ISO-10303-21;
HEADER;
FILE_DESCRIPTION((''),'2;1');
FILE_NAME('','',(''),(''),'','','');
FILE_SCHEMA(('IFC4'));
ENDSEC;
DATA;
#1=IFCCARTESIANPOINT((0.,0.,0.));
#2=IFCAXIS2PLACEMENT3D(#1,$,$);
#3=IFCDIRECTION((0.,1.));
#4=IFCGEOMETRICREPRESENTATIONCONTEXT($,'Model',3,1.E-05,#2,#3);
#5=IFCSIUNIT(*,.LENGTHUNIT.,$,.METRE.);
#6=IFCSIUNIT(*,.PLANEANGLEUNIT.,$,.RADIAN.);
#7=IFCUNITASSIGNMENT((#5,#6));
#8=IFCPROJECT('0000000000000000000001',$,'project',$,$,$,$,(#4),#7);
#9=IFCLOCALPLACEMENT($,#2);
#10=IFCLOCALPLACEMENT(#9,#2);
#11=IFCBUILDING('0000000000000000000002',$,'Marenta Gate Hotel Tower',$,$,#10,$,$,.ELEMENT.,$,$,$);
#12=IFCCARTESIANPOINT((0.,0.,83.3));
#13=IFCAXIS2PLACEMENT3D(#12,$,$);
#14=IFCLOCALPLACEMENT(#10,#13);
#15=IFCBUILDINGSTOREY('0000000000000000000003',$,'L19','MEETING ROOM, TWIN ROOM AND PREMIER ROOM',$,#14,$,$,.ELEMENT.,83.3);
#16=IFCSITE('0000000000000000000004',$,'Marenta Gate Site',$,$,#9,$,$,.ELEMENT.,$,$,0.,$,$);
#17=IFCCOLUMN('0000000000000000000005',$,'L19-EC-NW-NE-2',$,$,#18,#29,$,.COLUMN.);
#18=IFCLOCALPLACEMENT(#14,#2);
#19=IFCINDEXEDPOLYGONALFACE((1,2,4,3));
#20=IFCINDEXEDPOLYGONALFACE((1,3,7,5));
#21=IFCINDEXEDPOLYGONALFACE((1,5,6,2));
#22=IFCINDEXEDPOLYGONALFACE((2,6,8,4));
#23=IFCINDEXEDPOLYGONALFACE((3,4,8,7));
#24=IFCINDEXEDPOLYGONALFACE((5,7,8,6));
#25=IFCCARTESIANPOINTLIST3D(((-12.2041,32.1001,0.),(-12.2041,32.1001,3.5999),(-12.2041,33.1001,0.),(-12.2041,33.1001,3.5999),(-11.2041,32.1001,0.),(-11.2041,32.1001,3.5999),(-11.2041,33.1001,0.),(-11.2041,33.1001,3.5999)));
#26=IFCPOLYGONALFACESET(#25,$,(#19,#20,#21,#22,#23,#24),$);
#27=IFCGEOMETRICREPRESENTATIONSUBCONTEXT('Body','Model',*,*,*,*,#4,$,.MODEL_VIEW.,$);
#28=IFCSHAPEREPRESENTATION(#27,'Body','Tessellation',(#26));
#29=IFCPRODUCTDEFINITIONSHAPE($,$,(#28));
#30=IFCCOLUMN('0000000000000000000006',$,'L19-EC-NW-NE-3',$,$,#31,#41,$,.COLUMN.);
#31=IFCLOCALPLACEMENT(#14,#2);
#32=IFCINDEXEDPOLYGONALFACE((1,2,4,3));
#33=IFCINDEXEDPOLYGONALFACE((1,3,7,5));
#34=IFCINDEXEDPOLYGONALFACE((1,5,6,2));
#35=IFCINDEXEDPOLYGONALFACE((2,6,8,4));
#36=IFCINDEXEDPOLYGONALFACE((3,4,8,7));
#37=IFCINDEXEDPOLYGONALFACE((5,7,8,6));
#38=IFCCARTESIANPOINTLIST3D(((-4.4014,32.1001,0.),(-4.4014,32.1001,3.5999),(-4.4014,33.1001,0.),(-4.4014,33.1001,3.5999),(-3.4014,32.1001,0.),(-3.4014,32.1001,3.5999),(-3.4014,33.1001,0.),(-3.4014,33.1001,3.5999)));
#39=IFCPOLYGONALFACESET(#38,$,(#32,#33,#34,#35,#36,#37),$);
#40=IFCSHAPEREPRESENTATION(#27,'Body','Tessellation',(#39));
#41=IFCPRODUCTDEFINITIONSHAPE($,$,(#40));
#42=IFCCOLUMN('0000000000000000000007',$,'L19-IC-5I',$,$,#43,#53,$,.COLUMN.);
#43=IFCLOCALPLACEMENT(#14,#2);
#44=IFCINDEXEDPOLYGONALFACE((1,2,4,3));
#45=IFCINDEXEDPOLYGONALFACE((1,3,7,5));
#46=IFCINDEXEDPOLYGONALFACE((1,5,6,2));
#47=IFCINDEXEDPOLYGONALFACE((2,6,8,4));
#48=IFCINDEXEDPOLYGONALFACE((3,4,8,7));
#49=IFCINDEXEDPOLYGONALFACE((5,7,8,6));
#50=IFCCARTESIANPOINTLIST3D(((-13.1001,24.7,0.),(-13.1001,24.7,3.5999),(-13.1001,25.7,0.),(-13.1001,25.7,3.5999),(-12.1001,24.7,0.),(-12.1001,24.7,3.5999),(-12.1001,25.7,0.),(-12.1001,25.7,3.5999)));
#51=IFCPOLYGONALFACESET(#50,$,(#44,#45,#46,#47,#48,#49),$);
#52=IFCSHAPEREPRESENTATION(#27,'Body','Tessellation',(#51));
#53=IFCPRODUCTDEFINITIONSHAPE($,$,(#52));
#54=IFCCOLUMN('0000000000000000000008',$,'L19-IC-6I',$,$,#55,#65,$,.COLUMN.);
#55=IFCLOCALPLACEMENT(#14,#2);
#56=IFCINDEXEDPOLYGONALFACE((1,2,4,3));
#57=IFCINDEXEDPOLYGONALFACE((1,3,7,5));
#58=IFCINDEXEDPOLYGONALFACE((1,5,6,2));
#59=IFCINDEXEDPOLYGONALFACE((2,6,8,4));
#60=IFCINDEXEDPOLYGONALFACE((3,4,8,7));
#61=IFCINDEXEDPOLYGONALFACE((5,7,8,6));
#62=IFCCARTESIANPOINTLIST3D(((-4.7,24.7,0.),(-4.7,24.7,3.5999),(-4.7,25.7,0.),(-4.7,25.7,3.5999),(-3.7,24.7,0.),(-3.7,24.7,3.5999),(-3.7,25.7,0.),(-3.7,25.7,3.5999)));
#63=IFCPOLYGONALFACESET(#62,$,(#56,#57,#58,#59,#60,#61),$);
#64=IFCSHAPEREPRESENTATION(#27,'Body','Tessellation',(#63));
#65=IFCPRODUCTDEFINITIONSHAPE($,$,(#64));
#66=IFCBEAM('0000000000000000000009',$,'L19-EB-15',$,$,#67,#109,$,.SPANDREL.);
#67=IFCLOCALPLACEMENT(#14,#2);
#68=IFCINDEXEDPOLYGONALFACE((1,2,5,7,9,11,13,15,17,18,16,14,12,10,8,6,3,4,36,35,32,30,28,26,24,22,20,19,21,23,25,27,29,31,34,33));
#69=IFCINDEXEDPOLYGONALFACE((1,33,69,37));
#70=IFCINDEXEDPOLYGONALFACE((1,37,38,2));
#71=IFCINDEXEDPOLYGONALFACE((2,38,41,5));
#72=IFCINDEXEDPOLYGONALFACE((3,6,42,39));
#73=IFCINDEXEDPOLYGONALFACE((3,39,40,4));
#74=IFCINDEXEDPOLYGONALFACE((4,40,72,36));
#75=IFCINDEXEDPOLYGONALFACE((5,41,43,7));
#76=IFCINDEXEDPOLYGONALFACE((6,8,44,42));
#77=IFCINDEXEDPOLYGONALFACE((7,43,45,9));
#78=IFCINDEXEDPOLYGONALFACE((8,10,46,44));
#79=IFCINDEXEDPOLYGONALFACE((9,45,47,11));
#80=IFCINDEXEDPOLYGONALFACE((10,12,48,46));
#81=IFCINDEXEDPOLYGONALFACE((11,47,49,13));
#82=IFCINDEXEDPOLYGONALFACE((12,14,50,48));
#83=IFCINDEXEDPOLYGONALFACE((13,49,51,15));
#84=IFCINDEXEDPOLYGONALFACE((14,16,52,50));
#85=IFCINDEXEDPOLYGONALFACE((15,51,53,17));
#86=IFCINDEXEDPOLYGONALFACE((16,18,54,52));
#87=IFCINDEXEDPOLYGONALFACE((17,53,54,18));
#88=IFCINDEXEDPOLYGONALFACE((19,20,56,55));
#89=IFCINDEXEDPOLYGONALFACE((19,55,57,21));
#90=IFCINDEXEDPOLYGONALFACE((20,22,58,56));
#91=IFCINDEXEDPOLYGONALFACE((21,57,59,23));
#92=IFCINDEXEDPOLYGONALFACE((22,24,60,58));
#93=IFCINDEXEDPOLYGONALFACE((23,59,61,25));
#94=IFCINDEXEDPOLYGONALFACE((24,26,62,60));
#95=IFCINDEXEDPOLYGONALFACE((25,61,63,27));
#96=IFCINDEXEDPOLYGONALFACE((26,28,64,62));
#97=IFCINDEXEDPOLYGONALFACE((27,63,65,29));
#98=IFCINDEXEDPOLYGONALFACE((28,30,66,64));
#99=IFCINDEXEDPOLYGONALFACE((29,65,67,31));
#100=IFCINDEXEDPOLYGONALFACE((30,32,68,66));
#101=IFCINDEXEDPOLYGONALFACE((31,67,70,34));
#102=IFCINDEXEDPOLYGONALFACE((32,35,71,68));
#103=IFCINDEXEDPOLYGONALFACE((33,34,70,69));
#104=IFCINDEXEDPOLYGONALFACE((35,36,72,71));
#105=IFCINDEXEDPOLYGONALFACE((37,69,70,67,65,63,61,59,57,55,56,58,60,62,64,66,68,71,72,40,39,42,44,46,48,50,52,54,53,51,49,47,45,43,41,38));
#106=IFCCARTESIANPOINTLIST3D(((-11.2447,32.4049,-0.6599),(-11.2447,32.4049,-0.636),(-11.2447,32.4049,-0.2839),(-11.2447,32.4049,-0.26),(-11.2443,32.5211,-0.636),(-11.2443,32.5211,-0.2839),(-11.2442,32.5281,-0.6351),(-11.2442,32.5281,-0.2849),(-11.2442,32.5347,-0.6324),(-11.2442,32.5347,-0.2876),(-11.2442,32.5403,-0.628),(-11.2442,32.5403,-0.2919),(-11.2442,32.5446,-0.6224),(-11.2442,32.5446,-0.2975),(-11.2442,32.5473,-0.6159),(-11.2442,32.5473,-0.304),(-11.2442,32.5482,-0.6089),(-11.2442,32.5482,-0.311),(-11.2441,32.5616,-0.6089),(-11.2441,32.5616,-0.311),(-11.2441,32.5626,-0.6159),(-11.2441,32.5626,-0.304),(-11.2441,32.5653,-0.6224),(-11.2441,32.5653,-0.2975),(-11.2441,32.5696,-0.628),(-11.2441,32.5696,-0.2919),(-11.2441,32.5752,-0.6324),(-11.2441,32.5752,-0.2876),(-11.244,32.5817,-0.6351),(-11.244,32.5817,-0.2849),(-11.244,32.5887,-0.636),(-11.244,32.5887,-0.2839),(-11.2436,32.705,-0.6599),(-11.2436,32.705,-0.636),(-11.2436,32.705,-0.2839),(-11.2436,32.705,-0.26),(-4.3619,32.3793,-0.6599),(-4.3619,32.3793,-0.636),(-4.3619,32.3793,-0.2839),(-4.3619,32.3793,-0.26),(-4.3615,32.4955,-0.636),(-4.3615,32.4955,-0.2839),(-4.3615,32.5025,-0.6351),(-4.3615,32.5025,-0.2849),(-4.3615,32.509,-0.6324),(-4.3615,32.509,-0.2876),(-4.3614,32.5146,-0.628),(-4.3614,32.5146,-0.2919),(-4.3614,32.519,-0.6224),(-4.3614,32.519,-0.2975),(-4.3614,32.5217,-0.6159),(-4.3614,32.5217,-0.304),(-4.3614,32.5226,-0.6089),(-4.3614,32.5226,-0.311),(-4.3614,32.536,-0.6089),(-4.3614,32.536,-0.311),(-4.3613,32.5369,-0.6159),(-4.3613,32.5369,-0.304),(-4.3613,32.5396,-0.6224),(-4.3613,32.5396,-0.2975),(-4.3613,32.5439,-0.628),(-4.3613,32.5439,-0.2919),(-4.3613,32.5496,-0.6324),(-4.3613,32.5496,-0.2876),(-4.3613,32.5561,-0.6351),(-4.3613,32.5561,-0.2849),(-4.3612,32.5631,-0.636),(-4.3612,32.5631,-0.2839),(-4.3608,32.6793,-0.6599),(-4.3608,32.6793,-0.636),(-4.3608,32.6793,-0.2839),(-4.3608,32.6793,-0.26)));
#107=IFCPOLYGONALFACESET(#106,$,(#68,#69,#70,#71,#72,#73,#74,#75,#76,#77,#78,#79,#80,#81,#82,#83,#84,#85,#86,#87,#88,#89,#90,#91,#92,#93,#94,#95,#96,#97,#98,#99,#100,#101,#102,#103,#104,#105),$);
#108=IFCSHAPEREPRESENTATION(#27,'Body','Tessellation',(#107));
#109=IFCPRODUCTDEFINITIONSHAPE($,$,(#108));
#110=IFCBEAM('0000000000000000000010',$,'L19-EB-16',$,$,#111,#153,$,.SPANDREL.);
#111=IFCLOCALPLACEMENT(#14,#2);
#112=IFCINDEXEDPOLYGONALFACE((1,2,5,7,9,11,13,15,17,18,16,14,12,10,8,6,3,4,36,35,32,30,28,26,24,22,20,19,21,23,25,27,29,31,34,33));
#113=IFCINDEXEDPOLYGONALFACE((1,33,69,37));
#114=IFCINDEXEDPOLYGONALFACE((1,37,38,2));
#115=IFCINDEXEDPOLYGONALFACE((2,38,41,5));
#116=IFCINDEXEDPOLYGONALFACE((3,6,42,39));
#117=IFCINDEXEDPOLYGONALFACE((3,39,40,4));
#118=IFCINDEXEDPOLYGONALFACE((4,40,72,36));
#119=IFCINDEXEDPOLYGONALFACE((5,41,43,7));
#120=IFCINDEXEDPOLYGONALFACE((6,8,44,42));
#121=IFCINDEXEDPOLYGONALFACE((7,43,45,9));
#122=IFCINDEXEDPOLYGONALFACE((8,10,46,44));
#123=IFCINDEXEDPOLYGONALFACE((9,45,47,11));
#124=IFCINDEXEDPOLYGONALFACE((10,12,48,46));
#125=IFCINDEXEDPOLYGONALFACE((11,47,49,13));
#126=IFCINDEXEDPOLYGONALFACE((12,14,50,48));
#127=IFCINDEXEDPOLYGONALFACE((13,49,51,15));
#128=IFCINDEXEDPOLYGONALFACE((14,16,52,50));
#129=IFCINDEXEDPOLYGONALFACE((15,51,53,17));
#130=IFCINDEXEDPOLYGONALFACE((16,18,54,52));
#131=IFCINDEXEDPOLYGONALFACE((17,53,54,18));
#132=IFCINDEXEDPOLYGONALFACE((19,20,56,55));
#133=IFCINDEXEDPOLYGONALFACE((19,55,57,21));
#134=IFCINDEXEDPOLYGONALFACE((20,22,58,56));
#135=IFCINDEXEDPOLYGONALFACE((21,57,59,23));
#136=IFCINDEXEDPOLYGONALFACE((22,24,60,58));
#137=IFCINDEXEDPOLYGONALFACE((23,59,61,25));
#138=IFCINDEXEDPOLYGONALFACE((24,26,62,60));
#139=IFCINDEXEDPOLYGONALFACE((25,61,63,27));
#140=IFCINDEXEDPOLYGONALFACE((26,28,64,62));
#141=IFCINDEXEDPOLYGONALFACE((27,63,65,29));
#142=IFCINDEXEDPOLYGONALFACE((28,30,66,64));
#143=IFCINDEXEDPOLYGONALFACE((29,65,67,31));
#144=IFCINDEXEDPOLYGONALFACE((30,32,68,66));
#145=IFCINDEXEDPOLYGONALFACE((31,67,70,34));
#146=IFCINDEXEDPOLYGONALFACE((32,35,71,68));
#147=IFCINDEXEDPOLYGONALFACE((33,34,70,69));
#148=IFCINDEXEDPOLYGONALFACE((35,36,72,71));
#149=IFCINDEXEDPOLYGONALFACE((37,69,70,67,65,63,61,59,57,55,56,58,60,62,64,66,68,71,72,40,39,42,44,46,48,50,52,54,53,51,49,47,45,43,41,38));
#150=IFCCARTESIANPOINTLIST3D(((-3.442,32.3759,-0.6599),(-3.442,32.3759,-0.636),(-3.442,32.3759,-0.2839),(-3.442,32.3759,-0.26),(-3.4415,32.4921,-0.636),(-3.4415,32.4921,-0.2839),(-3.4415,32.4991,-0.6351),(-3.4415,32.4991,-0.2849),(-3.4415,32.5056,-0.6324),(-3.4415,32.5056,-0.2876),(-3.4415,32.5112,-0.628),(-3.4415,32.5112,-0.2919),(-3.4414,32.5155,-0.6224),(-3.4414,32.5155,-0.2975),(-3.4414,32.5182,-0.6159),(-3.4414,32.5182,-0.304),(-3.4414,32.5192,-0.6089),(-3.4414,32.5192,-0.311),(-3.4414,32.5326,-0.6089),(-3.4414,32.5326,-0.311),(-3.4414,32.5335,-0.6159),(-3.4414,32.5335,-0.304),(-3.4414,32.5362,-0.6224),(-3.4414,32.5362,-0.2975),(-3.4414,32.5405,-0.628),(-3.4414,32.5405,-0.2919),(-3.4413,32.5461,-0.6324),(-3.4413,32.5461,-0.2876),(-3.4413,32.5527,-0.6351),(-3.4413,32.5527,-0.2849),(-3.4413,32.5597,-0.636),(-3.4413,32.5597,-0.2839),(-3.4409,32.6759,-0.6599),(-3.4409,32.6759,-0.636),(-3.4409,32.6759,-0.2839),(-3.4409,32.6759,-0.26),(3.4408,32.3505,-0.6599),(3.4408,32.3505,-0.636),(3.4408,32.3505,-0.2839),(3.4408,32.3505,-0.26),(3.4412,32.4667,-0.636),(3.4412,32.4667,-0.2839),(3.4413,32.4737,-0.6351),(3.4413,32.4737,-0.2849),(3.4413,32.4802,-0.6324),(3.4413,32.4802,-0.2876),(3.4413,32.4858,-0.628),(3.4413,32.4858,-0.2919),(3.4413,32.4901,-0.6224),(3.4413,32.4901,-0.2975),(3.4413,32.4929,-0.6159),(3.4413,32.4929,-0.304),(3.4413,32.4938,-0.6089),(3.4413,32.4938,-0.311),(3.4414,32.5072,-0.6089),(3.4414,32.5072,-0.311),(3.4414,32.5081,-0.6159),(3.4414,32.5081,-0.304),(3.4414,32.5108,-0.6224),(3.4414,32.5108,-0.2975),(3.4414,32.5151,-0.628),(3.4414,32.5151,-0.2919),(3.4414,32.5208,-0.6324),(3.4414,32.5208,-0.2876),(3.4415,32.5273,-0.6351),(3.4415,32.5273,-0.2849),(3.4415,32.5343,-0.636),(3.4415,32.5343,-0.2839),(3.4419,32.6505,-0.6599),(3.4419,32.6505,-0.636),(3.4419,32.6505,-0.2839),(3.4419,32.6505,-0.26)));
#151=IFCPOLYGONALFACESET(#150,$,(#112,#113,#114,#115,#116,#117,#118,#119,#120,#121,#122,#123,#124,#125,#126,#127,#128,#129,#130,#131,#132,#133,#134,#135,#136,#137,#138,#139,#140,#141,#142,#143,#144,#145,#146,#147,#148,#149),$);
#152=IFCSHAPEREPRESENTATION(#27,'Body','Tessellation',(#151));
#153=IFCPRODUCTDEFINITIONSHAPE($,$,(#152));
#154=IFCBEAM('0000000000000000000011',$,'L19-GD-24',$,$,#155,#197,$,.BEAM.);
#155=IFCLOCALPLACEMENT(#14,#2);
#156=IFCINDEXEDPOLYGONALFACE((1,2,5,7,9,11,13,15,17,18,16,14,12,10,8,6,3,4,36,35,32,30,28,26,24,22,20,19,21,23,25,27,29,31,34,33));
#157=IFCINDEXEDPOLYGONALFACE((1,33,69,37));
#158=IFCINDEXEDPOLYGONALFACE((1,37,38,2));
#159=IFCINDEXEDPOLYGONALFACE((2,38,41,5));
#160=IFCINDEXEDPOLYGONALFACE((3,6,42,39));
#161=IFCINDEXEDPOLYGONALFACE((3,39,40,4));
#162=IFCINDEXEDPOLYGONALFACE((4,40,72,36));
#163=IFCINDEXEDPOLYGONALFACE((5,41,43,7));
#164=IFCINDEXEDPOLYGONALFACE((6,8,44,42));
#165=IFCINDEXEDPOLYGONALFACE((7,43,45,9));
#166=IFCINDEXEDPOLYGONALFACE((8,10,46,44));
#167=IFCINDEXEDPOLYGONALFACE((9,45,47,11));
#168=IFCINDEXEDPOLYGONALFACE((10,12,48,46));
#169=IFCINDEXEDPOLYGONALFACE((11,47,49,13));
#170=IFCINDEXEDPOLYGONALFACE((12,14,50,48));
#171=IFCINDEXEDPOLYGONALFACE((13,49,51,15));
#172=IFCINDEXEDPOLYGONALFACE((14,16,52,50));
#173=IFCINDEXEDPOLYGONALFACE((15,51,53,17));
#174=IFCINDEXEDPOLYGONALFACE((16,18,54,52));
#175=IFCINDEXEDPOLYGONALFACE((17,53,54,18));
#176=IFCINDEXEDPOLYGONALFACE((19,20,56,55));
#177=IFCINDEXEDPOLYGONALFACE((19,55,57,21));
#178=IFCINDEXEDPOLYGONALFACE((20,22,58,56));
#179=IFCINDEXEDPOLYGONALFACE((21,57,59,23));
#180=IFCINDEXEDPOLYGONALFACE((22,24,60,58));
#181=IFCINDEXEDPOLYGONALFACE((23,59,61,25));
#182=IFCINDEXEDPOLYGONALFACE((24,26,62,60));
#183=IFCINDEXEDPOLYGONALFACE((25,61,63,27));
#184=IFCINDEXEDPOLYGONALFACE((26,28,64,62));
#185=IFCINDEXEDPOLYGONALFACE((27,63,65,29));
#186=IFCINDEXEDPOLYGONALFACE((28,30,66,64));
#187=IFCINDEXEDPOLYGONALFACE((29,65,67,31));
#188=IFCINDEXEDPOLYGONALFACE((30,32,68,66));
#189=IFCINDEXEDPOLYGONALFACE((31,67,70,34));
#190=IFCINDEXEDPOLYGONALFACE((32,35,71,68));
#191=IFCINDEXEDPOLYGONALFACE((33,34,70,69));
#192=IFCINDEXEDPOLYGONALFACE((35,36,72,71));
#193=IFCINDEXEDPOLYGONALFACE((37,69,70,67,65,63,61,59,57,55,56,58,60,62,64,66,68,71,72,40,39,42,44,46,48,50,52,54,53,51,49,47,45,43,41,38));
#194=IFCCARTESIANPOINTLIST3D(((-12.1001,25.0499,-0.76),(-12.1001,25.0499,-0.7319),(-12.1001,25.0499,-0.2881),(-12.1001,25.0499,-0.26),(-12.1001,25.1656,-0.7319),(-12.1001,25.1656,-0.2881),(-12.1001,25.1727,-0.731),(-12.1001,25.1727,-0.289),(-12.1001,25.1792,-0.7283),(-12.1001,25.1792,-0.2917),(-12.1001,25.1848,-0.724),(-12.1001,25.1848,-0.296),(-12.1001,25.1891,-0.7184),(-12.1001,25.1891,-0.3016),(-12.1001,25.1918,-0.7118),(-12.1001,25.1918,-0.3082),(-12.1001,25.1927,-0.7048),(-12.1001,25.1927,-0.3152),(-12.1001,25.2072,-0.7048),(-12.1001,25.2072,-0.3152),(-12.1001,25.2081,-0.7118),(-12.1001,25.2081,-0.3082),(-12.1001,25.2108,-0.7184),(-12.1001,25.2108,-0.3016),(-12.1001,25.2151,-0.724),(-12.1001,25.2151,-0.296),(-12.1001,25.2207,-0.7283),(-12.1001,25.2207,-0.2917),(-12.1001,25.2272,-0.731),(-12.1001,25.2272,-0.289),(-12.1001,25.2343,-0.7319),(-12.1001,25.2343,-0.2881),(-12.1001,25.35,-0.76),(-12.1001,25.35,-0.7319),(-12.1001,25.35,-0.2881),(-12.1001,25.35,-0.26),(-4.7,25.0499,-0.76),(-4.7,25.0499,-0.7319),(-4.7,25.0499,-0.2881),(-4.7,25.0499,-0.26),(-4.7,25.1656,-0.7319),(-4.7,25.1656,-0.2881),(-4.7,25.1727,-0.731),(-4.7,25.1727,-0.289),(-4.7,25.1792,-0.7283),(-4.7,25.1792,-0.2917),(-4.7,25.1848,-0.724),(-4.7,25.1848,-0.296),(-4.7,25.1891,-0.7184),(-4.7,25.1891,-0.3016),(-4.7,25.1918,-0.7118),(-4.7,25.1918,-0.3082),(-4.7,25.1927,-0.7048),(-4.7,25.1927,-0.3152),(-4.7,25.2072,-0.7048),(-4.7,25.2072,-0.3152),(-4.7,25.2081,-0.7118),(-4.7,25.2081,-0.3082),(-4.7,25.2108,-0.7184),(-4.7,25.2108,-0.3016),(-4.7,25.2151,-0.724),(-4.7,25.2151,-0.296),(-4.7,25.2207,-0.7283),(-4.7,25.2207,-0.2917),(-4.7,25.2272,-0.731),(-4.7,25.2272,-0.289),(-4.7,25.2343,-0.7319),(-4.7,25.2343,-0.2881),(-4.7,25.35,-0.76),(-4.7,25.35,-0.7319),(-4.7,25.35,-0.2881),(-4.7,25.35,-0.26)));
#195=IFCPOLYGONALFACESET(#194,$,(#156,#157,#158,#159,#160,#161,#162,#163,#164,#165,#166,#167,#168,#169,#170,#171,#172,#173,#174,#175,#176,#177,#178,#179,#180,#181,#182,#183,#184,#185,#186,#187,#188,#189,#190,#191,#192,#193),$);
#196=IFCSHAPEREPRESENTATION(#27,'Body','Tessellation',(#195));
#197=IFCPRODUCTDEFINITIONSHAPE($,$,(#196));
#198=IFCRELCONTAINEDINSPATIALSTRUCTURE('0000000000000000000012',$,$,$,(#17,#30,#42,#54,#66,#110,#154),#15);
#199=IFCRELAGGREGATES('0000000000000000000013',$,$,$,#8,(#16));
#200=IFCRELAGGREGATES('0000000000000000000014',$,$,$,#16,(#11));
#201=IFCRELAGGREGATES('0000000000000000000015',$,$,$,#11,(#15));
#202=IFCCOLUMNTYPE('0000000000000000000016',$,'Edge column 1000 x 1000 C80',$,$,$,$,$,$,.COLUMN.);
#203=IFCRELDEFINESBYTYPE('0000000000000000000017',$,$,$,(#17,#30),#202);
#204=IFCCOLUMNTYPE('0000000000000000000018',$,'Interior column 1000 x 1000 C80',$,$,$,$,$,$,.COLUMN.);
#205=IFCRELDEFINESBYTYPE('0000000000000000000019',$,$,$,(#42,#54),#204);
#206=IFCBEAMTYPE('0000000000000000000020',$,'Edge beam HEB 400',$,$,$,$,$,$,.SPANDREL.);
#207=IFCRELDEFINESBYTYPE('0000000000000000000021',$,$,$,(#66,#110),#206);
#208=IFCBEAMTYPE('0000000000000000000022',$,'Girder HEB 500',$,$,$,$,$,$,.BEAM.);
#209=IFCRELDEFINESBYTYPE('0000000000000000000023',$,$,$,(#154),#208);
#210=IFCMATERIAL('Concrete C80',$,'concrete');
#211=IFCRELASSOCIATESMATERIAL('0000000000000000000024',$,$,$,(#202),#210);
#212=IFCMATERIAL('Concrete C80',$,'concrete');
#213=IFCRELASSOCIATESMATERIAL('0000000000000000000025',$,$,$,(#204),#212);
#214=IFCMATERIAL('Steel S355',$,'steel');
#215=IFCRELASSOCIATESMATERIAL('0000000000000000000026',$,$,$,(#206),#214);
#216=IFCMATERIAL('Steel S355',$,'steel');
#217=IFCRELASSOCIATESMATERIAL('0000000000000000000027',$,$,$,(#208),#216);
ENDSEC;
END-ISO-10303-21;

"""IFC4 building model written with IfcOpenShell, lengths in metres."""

from ifc_helpers import new_model, si_unit, direction, frame, origin, origin_2d, place, context, subcontext, project, spatial, rectangle, i_section, extrude, material, material_profile, profile_set, type_object, element, save


model = new_model("IFC4")

# Units and contexts
model_context = context("Model", 3, precision=1e-05, world=origin(), true_north=direction((0.0, 1.0)))
body_context = subcontext(model_context, "Body", "Model", "MODEL_VIEW")
ifc_project = project(units=[si_unit("LENGTHUNIT", "METRE"), si_unit("PLANEANGLEUNIT", "RADIAN")], contexts=[model_context])

# Site, building, storey
site_placement = place(None, origin())
site = spatial("IfcSite", under=ifc_project, at=site_placement, Name="Marenta Gate Site", CompositionType="ELEMENT", RefElevation=0.0)
building_placement = place(site_placement, origin())
building = spatial("IfcBuilding", under=site, at=building_placement, Name="Marenta Gate Hotel Tower", CompositionType="ELEMENT")
storey_placement = place(building_placement, frame((0.0, 0.0, 83.3)))
storey = spatial("IfcBuildingStorey", under=building, at=storey_placement, Name="L19", Description="MEETING ROOM, TWIN ROOM AND PREMIER ROOM", CompositionType="ELEMENT", Elevation=83.3)

# Columns
ifc_material_1 = material(Name="Concrete C80", Category="concrete")
ifc_material_profile_1 = material_profile(ifc_material_1, rectangle(XDim=1.0, YDim=1.0, at=origin_2d()), Name="1000 x 1000")
ifc_profile_set_1 = profile_set([ifc_material_profile_1], Name="Concrete C80")
column_type_1 = type_object("IfcColumnType", Name="Edge column 1000 x 1000 C80", PredefinedType="COLUMN", material=ifc_profile_set_1)
for number, where, z_axis, x_axis, name in (
    (1, (-11.7041, 32.6001, 0.0), (0.0, 0.0, 1.0), (1.0, 0.0, 0.0), "L19-EC-NW-NE-2"),
    (2, (-3.9014, 32.6001, 0.0), (0.0, 0.0, 1.0), (1.0, 0.0, 0.0), "L19-EC-NW-NE-3"),
):
    element("IfcColumn", number, at=place(storey_placement, frame(where, z_axis=z_axis, x_axis=x_axis)), inside=storey, type_object=column_type_1, Name=name, PredefinedType="COLUMN", context=body_context, shape_type="SweptSolid", body=[
        extrude(rectangle(XDim=1.0, YDim=1.0, at=origin_2d()), origin(), (0.0, 0.0, 1.0), 3.5999),
    ])
ifc_material_2 = material(Name="Concrete C80", Category="concrete")
ifc_material_profile_2 = material_profile(ifc_material_2, rectangle(XDim=1.0, YDim=1.0, at=origin_2d()), Name="1000 x 1000")
ifc_profile_set_2 = profile_set([ifc_material_profile_2], Name="Concrete C80")
column_type_2 = type_object("IfcColumnType", Name="Interior column 1000 x 1000 C80", PredefinedType="COLUMN", material=ifc_profile_set_2)
for number, where, z_axis, x_axis, name in (
    (3, (-12.6001, 25.2, 0.0), (0.0, 0.0, 1.0), (1.0, 0.0, 0.0), "L19-IC-5I"),
    (4, (-4.2, 25.2, 0.0), (0.0, 0.0, 1.0), (1.0, 0.0, 0.0), "L19-IC-6I"),
):
    element("IfcColumn", number, at=place(storey_placement, frame(where, z_axis=z_axis, x_axis=x_axis)), inside=storey, type_object=column_type_2, Name=name, PredefinedType="COLUMN", context=body_context, shape_type="SweptSolid", body=[
        extrude(rectangle(XDim=1.0, YDim=1.0, at=origin_2d()), origin(), (0.0, 0.0, 1.0), 3.5999),
    ])

# Beams
ifc_material_3 = material(Name="Steel S355", Category="steel")
ifc_material_profile_3 = material_profile(ifc_material_3, i_section(OverallWidth=0.3, OverallDepth=0.3999, WebThickness=0.0134, FlangeThickness=0.0239, FilletRadius=0.0271, at=origin_2d()), Name="HEB 400")
ifc_profile_set_3 = profile_set([ifc_material_profile_3], Name="Steel S355")
beam_type_1 = type_object("IfcBeamType", Name="Edge beam HEB 400", PredefinedType="SPANDREL", material=ifc_profile_set_3)
for number, where, z_axis, x_axis, name in (
    (5, (-11.2441, 32.5549, -0.46), (0.999993, -0.003724, 0.0), (0.003724, 0.999993, 0.0), "L19-EB-15"),
    (6, (-3.4414, 32.5259, -0.46), (0.999993, -0.003689, 0.0), (0.003689, 0.999993, 0.0), "L19-EB-16"),
):
    element("IfcBeam", number, at=place(storey_placement, frame(where, z_axis=z_axis, x_axis=x_axis)), inside=storey, type_object=beam_type_1, Name=name, PredefinedType="SPANDREL", context=body_context, shape_type="SweptSolid", body=[
        extrude(i_section(OverallWidth=0.3, OverallDepth=0.3999, WebThickness=0.0134, FlangeThickness=0.0239, FilletRadius=0.0271, at=origin_2d()), origin(), (0.0, 0.0, 1.0), 6.8828),
    ])
ifc_material_4 = material(Name="Steel S355", Category="steel")
ifc_material_profile_4 = material_profile(ifc_material_4, i_section(OverallWidth=0.3, OverallDepth=0.5, WebThickness=0.0144, FlangeThickness=0.0281, FilletRadius=0.0271, at=origin_2d()), Name="HEB 500")
ifc_profile_set_4 = profile_set([ifc_material_profile_4], Name="Steel S355")
beam_type_2 = type_object("IfcBeamType", Name="Girder HEB 500", PredefinedType="BEAM", material=ifc_profile_set_4)
beam_1_placement = place(storey_placement, frame((-12.1001, 25.2, -0.51), z_axis=(1.0, 0.0, 0.0), x_axis=(0.0, 1.0, 0.0)))
element("IfcBeam", 7, at=beam_1_placement, inside=storey, type_object=beam_type_2, Name="L19-GD-24", PredefinedType="BEAM", context=body_context, shape_type="SweptSolid", body=[
    extrude(i_section(OverallWidth=0.3, OverallDepth=0.5, WebThickness=0.0144, FlangeThickness=0.0281, FilletRadius=0.0271, at=origin_2d()), origin(), (0.0, 0.0, 1.0), 7.4001),
])

save(model, "model.ifc")
